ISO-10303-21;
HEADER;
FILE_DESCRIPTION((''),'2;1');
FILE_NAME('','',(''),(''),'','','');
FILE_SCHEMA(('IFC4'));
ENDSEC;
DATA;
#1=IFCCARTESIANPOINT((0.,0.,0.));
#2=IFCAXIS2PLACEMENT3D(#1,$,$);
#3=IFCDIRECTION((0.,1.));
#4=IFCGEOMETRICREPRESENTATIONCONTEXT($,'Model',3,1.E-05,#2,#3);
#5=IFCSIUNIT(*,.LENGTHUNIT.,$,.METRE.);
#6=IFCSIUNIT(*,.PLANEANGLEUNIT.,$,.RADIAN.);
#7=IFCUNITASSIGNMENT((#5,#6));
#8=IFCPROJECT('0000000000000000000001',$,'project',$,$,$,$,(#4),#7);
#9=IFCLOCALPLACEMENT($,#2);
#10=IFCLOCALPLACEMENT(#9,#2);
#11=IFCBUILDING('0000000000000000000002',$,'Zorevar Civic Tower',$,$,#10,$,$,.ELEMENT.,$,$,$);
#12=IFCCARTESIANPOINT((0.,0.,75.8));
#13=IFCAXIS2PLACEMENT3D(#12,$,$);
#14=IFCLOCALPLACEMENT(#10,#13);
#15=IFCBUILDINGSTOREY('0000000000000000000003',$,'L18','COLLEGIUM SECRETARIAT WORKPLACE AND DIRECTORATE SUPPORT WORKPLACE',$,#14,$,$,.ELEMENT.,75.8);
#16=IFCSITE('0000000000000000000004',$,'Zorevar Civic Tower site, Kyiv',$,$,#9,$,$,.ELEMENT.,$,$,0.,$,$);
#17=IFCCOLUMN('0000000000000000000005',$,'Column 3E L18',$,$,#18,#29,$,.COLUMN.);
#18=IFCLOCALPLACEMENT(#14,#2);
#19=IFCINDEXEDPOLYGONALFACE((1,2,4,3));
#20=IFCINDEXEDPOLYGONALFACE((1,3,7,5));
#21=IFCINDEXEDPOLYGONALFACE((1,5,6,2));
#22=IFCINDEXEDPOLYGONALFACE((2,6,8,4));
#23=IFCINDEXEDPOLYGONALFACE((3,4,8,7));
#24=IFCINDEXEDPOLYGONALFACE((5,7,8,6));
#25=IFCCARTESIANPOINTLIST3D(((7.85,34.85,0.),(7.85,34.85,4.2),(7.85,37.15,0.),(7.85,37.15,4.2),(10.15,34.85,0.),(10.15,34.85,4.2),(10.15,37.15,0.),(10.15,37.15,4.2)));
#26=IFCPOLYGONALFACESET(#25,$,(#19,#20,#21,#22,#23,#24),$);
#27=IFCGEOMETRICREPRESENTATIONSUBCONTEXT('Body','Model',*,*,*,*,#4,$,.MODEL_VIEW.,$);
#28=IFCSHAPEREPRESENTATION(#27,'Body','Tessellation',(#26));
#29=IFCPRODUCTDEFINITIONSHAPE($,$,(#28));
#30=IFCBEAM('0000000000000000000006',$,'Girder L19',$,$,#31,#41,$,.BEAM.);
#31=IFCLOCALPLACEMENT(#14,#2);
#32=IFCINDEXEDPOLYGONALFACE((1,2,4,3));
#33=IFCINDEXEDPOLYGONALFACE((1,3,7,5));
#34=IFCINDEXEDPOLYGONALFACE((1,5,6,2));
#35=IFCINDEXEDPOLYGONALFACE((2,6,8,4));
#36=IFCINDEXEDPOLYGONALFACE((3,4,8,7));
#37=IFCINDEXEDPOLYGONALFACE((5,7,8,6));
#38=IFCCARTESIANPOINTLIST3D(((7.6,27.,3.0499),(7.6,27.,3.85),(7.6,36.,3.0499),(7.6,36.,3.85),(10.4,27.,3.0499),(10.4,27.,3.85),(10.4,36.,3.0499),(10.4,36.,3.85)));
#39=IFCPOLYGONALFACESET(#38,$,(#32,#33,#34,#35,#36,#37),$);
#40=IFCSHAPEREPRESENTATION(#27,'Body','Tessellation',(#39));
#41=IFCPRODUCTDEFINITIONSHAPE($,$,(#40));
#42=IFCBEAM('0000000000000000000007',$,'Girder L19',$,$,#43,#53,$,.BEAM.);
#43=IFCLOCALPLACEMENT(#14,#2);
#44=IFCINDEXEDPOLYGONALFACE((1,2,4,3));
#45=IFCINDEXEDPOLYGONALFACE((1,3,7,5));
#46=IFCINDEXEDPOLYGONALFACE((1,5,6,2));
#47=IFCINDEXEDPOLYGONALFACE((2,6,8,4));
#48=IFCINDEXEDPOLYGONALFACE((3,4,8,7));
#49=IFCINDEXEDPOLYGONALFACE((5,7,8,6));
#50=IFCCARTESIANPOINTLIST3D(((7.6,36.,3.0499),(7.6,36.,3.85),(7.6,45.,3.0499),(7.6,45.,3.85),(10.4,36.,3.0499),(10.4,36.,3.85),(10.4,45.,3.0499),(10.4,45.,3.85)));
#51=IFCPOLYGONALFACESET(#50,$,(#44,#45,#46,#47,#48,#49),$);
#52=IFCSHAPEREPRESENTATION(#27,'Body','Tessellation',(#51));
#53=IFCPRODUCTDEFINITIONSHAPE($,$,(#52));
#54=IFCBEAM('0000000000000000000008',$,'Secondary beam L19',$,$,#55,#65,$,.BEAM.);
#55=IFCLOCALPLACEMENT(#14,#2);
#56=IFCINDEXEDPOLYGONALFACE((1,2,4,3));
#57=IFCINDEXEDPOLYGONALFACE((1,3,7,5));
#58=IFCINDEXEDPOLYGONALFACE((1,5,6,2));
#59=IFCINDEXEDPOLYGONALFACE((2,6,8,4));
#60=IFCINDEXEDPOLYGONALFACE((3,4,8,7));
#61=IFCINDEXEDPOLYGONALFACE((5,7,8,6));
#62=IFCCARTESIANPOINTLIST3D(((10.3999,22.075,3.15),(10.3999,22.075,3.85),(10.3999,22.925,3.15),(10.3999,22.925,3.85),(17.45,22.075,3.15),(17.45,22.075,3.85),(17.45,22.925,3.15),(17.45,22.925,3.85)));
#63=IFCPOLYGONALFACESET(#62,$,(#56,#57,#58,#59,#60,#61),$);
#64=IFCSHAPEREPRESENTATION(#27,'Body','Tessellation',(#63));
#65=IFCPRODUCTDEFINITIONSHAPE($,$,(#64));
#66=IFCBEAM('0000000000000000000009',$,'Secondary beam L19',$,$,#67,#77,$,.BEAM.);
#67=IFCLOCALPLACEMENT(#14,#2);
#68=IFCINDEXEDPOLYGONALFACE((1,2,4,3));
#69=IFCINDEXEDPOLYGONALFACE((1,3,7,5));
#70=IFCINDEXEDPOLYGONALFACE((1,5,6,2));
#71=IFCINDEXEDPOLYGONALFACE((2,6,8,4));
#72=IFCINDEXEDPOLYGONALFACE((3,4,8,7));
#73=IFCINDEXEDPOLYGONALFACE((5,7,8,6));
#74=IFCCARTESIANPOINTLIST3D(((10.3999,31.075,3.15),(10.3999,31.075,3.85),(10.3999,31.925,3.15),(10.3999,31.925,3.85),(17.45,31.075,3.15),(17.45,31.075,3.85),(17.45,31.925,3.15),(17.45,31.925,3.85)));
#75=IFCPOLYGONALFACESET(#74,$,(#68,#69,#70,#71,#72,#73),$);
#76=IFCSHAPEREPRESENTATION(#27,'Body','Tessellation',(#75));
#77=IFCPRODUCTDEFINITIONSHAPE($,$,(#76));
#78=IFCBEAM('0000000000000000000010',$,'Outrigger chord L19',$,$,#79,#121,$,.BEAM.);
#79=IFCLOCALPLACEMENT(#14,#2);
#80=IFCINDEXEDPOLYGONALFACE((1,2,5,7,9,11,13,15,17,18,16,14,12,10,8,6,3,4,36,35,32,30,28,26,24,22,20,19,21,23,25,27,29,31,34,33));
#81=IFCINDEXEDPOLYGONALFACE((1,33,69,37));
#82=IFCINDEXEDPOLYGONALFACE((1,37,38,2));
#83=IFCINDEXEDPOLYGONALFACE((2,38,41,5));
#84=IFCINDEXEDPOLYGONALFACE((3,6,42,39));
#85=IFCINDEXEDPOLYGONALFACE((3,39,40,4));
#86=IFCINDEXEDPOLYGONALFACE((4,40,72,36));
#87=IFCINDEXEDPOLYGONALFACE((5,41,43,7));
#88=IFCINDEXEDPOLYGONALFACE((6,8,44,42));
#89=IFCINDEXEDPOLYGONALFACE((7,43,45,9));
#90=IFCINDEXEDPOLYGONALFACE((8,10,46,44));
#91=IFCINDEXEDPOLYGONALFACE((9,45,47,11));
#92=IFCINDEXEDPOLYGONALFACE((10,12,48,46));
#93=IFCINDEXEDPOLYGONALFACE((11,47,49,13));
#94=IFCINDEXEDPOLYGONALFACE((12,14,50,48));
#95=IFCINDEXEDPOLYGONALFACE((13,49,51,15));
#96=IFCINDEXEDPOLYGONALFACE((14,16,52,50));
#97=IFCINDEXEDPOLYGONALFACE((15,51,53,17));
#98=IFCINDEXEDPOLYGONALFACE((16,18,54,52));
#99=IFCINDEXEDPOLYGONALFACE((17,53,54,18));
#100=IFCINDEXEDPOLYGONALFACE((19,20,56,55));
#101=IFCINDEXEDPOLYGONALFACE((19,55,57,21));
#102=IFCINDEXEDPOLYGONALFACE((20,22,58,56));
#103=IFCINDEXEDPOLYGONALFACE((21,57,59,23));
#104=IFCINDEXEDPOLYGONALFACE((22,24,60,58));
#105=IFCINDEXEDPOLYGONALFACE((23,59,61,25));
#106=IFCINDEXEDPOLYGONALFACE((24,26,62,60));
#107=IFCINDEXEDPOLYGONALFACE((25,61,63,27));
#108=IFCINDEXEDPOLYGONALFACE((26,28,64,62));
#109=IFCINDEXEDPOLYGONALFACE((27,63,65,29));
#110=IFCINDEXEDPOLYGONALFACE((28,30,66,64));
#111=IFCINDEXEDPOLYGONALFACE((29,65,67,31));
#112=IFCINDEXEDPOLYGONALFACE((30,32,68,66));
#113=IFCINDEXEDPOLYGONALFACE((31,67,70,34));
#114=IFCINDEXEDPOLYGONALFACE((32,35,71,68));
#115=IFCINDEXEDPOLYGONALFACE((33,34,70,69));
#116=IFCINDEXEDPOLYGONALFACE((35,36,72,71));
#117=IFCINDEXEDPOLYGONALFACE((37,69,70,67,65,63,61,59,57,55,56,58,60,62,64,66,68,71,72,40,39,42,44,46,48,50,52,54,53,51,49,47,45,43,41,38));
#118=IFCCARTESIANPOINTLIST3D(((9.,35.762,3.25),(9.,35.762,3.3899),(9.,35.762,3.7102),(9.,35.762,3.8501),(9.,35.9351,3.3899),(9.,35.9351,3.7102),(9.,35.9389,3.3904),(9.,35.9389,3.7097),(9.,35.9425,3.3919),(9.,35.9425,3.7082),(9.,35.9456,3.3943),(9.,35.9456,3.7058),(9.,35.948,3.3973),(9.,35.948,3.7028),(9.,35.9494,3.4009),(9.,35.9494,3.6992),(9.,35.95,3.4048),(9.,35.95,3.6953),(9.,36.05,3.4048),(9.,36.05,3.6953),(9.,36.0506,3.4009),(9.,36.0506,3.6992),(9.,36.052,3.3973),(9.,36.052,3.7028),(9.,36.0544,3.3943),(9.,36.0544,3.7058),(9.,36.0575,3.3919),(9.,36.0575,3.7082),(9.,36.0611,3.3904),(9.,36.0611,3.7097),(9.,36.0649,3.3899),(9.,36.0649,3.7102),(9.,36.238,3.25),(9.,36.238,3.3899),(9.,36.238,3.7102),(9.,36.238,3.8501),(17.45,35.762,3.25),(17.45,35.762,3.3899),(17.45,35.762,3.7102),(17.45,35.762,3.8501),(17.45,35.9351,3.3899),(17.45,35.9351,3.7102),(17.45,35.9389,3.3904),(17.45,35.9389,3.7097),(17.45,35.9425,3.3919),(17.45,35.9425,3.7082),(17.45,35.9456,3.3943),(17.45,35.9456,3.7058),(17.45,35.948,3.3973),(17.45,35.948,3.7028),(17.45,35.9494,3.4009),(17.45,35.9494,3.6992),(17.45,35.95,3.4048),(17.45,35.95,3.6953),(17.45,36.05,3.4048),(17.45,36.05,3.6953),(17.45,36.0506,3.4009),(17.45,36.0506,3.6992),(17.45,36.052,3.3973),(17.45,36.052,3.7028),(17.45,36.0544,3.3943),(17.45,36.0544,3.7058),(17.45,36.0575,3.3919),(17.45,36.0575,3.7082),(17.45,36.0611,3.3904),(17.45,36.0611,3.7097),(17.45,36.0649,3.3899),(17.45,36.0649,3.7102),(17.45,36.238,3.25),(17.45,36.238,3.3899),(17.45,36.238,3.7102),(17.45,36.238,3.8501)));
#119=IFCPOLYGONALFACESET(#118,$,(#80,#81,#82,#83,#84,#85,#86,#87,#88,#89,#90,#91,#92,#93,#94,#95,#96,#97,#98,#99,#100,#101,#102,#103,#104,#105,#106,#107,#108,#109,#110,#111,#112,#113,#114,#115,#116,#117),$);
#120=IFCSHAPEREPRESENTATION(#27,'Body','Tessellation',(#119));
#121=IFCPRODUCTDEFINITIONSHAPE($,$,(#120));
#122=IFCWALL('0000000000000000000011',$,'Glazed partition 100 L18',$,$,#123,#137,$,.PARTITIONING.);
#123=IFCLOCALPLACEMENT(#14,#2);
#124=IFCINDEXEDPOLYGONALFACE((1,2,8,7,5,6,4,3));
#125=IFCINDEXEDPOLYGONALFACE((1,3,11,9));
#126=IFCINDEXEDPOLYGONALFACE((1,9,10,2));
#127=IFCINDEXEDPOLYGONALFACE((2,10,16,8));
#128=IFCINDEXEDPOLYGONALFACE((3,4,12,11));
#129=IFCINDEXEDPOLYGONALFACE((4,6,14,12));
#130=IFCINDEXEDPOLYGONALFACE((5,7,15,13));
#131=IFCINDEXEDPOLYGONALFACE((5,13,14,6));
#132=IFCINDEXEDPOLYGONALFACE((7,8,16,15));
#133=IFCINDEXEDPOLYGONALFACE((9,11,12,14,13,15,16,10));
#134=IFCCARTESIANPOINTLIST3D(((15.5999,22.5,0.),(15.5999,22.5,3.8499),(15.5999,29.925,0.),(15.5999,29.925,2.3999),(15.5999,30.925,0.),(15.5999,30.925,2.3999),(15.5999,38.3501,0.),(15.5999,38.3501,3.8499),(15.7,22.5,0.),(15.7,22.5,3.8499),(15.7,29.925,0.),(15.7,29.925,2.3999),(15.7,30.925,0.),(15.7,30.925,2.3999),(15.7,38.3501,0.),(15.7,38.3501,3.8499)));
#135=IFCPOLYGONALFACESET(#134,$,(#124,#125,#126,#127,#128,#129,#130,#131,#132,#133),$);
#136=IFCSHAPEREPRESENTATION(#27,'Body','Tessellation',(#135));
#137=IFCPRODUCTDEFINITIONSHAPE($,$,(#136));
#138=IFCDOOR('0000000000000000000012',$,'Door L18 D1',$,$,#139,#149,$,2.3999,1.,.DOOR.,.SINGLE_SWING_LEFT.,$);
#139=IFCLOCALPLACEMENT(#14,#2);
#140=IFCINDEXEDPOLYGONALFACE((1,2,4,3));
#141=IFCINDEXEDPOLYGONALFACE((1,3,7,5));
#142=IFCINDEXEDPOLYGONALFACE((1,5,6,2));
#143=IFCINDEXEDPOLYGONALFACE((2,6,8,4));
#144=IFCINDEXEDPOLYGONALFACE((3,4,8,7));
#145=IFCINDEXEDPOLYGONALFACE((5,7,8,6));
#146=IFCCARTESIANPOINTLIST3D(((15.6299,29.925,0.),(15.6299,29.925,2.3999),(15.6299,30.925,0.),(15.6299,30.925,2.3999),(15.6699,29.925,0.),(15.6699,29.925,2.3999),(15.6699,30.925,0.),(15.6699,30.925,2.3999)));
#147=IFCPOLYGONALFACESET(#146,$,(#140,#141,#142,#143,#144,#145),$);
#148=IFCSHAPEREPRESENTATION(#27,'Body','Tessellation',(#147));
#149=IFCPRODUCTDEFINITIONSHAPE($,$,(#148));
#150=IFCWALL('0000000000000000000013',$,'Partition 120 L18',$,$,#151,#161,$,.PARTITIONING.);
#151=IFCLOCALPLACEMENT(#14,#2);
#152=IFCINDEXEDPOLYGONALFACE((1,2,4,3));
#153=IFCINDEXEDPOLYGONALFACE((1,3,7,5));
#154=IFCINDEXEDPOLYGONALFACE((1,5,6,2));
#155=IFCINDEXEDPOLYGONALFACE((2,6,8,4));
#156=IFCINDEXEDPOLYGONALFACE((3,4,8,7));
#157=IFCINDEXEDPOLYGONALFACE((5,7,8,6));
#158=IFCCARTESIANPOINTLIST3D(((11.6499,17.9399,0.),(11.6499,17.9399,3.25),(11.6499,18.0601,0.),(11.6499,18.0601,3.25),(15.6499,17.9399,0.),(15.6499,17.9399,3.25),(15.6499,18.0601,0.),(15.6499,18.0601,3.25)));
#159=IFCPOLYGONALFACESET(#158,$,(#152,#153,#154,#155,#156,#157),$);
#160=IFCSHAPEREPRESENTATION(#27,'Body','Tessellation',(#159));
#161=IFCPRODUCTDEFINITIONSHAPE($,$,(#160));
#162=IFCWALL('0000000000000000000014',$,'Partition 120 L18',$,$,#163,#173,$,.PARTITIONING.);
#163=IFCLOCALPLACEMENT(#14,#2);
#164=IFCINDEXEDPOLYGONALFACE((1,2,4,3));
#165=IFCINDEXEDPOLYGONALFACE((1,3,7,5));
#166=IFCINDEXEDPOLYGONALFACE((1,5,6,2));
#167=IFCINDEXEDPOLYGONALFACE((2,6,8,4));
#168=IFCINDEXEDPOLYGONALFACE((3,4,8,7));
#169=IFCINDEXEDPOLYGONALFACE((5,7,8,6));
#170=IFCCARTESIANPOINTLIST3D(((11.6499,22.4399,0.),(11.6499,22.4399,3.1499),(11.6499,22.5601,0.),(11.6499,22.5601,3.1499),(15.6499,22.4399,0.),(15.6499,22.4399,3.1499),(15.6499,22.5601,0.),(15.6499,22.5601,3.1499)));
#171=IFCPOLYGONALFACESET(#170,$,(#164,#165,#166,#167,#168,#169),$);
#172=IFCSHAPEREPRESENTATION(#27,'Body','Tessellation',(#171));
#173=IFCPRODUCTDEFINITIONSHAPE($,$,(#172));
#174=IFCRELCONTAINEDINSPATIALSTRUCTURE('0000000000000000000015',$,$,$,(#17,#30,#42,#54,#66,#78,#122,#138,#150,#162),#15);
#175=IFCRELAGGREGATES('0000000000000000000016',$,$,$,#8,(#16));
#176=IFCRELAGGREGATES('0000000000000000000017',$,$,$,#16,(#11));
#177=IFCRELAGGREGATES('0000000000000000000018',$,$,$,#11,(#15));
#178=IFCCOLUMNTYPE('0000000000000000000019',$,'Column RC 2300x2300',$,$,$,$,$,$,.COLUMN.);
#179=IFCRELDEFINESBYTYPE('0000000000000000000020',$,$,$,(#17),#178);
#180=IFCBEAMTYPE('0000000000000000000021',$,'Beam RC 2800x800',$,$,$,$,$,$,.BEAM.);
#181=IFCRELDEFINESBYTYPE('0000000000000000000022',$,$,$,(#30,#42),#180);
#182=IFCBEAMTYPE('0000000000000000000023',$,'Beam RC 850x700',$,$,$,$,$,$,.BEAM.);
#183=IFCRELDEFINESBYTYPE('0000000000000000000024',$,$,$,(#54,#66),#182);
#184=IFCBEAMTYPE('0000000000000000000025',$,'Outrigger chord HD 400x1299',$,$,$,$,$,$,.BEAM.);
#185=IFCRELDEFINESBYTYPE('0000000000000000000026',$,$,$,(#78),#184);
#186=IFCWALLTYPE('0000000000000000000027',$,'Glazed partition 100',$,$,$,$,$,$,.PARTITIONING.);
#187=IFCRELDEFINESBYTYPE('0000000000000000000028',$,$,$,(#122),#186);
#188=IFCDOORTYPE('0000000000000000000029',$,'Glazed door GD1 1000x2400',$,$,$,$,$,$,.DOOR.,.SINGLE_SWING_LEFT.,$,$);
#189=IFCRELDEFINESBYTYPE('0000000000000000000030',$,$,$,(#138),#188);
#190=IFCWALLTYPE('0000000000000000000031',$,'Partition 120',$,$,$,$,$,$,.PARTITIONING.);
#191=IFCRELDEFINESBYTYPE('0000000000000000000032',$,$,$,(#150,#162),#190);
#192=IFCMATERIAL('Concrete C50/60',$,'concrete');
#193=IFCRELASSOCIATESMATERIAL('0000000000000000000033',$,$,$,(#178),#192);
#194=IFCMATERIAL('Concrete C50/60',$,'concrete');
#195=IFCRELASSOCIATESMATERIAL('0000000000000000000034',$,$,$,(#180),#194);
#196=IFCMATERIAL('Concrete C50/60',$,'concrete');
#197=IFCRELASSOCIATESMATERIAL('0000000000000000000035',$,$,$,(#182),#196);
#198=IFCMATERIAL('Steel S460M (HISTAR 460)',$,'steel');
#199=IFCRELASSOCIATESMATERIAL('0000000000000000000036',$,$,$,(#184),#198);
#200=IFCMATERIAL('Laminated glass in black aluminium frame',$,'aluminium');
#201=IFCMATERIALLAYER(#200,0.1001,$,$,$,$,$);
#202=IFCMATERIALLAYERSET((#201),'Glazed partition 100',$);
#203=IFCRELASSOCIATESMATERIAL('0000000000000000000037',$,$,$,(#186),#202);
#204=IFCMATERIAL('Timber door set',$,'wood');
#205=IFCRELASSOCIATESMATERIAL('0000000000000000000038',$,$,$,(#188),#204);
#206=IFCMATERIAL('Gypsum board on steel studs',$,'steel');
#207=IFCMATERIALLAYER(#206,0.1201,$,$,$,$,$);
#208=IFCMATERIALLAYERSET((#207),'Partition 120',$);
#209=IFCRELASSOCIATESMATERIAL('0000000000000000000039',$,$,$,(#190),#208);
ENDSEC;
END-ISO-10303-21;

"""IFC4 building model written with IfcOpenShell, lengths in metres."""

from ifc_helpers import new_model, si_unit, direction, frame, frame_2d, origin, origin_2d, place, context, subcontext, project, spatial, rectangle, i_section, extrude, material, layer, layer_set, material_profile, profile_set, type_object, element, fill, save


model = new_model("IFC4")

# Units and contexts
model_context = context("Model", 3, precision=1e-05, world=origin(), true_north=direction((0.0, 1.0)))
body_context = subcontext(model_context, "Body", "Model", "MODEL_VIEW")
ifc_project = project(units=[si_unit("LENGTHUNIT", "METRE"), si_unit("PLANEANGLEUNIT", "RADIAN")], contexts=[model_context])

# Site, building, storey
site_placement = place(None, origin())
site = spatial("IfcSite", under=ifc_project, at=site_placement, Name="Zorevar Civic Tower site, Kyiv", CompositionType="ELEMENT", RefElevation=0.0)
building_placement = place(site_placement, origin())
building = spatial("IfcBuilding", under=site, at=building_placement, Name="Zorevar Civic Tower", CompositionType="ELEMENT")
storey_placement = place(building_placement, frame((0.0, 0.0, 75.8)))
storey = spatial("IfcBuildingStorey", under=building, at=storey_placement, Name="L18", Description="COLLEGIUM SECRETARIAT WORKPLACE AND DIRECTORATE SUPPORT WORKPLACE", CompositionType="ELEMENT", Elevation=75.8)

# Column
ifc_material_1 = material(Name="Concrete C50/60", Category="concrete")
ifc_material_profile_1 = material_profile(ifc_material_1, rectangle(XDim=2.3, YDim=2.3, at=origin_2d()), Name="RC 2300x2300")
ifc_profile_set_1 = profile_set([ifc_material_profile_1], Name="Concrete C50/60")
column_type = type_object("IfcColumnType", Name="Column RC 2300x2300", PredefinedType="COLUMN", material=ifc_profile_set_1)
column_placement = place(storey_placement, frame((9.0, 36.0, 0.0), z_axis=(0.0, 0.0, 1.0), x_axis=(1.0, 0.0, 0.0)))
element("IfcColumn", 1, at=column_placement, inside=storey, type_object=column_type, Name="Column 3E L18", PredefinedType="COLUMN", context=body_context, shape_type="SweptSolid", body=[
    extrude(rectangle(XDim=2.3, YDim=2.3, at=origin_2d()), origin(), (0.0, 0.0, 1.0), 4.2),
])

# Beams
ifc_material_2 = material(Name="Concrete C50/60", Category="concrete")
ifc_material_profile_2 = material_profile(ifc_material_2, rectangle(XDim=2.8, YDim=0.8, at=origin_2d()), Name="RC 2800x800")
ifc_profile_set_2 = profile_set([ifc_material_profile_2], Name="Concrete C50/60")
beam_type_1 = type_object("IfcBeamType", Name="Beam RC 2800x800", PredefinedType="BEAM", material=ifc_profile_set_2)
for number, where, z_axis, x_axis, name in (
    (2, (9.0, 27.0, 3.45), (0.0, 1.0, 0.0), (-1.0, 0.0, 0.0), "Girder L19"),
    (3, (9.0, 36.0, 3.45), (0.0, 1.0, 0.0), (-1.0, 0.0, 0.0), "Girder L19"),
):
    element("IfcBeam", number, at=place(storey_placement, frame(where, z_axis=z_axis, x_axis=x_axis)), inside=storey, type_object=beam_type_1, Name=name, PredefinedType="BEAM", context=body_context, shape_type="SweptSolid", body=[
        extrude(rectangle(XDim=2.8, YDim=0.8, at=origin_2d()), origin(), (0.0, 0.0, 1.0), 9.0),
    ])
ifc_material_3 = material(Name="Concrete C50/60", Category="concrete")
ifc_material_profile_3 = material_profile(ifc_material_3, rectangle(XDim=0.8501, YDim=0.7, at=origin_2d()), Name="RC 850x700")
ifc_profile_set_3 = profile_set([ifc_material_profile_3], Name="Concrete C50/60")
beam_type_2 = type_object("IfcBeamType", Name="Beam RC 850x700", PredefinedType="BEAM", material=ifc_profile_set_3)
for number, where, z_axis, x_axis, name in (
    (4, (10.3999, 22.5, 3.5), (1.0, 0.0, 0.0), (0.0, 1.0, 0.0), "Secondary beam L19"),
    (5, (10.3999, 31.5, 3.5), (1.0, 0.0, 0.0), (0.0, 1.0, 0.0), "Secondary beam L19"),
):
    element("IfcBeam", number, at=place(storey_placement, frame(where, z_axis=z_axis, x_axis=x_axis)), inside=storey, type_object=beam_type_2, Name=name, PredefinedType="BEAM", context=body_context, shape_type="SweptSolid", body=[
        extrude(rectangle(XDim=0.8501, YDim=0.7, at=origin_2d()), origin(), (0.0, 0.0, 1.0), 7.05),
    ])
ifc_material_4 = material(Name="Steel S460M (HISTAR 460)", Category="steel")
ifc_material_profile_4 = material_profile(ifc_material_4, i_section(OverallWidth=0.4761, OverallDepth=0.6001, WebThickness=0.1001, FlangeThickness=0.1399, FilletRadius=0.0149, at=origin_2d()), Name="HD 400x1299")
ifc_profile_set_4 = profile_set([ifc_material_profile_4], Name="Steel S460M (HISTAR 460)")
beam_type_3 = type_object("IfcBeamType", Name="Outrigger chord HD 400x1299", PredefinedType="BEAM", material=ifc_profile_set_4)
beam_placement = place(storey_placement, frame((9.0, 36.0, 3.55), z_axis=(1.0, 0.0, 0.0), x_axis=(0.0, 1.0, 0.0)))
element("IfcBeam", 6, at=beam_placement, inside=storey, type_object=beam_type_3, Name="Outrigger chord L19", PredefinedType="BEAM", context=body_context, shape_type="SweptSolid", body=[
    extrude(i_section(OverallWidth=0.4761, OverallDepth=0.6001, WebThickness=0.1001, FlangeThickness=0.1399, FilletRadius=0.0149, at=origin_2d()), origin(), (0.0, 0.0, 1.0), 8.45),
])

# Wall, opening, door
ifc_material_5 = material(Name="Laminated glass in black aluminium frame", Category="aluminium")
ifc_layer_1 = layer(ifc_material_5, 0.1001)
ifc_layer_set_1 = layer_set([ifc_layer_1], Name="Glazed partition 100")
wall_type_1 = type_object("IfcWallType", Name="Glazed partition 100", PredefinedType="PARTITIONING", material=ifc_layer_set_1)
wall_1_placement = place(storey_placement, frame((15.6499, 22.5, 0.0), z_axis=(0.0, 0.0, 1.0), x_axis=(0.0, 1.0, 0.0)))
wall_1 = element("IfcWall", 7, at=wall_1_placement, inside=storey, type_object=wall_type_1, Name="Glazed partition 100 L18", PredefinedType="PARTITIONING", context=body_context, shape_type="SweptSolid", body=[
    extrude(rectangle(XDim=15.8501, YDim=0.1001, at=frame_2d((7.925, 0.0))), origin(), (0.0, 0.0, 1.0), 3.8499),
])
opening_1_placement = place(wall_1_placement, frame((7.425, 0.0, 0.0)))
opening_1 = element("IfcOpeningElement", 8, at=opening_1_placement, cuts=wall_1, PredefinedType="OPENING", context=body_context, shape_type="SweptSolid", body=[
    extrude(rectangle(XDim=1.0, YDim=2.3999, at=frame_2d((0.5, 1.2))), frame((0.0, 0.0601, 0.0), z_axis=(0.0, -1.0, 0.0), x_axis=(1.0, 0.0, 0.0)), (0.0, 0.0, 1.0), 0.1201),
])
ifc_material_6 = material(Name="Timber door set", Category="wood")
door_type_1 = type_object("IfcDoorType", Name="Glazed door GD1 1000x2400", OperationType="SINGLE_SWING_LEFT", PredefinedType="DOOR", material=ifc_material_6)
door_1_placement = place(opening_1_placement, origin())
door_1 = element("IfcDoor", 9, at=door_1_placement, inside=storey, type_object=door_type_1, Name="Door L18 D1", OperationType="SINGLE_SWING_LEFT", OverallHeight=2.3999, OverallWidth=1.0, PredefinedType="DOOR", context=body_context, shape_type="SweptSolid", body=[
    extrude(rectangle(XDim=1.0, YDim=2.3999, at=frame_2d((0.5, 1.2))), frame((0.0, 0.02, 0.0), z_axis=(0.0, -1.0, 0.0), x_axis=(1.0, 0.0, 0.0)), (0.0, 0.0, 1.0), 0.04),
])
fill(opening_1, door_1)

# Walls
ifc_material_7 = material(Name="Gypsum board on steel studs", Category="steel")
ifc_layer_2 = layer(ifc_material_7, 0.1201)
ifc_layer_set_2 = layer_set([ifc_layer_2], Name="Partition 120")
wall_type_2 = type_object("IfcWallType", Name="Partition 120", PredefinedType="PARTITIONING", material=ifc_layer_set_2)
wall_2_placement = place(storey_placement, frame((11.6499, 18.0, 0.0), z_axis=(0.0, 0.0, 1.0), x_axis=(1.0, 0.0, 0.0)))
element("IfcWall", 10, at=wall_2_placement, inside=storey, type_object=wall_type_2, Name="Partition 120 L18", PredefinedType="PARTITIONING", context=body_context, shape_type="SweptSolid", body=[
    extrude(rectangle(XDim=4.0, YDim=0.1201, at=frame_2d((2.0, 0.0))), origin(), (0.0, 0.0, 1.0), 3.25),
])
wall_3_placement = place(storey_placement, frame((11.6499, 22.5, 0.0), z_axis=(0.0, 0.0, 1.0), x_axis=(1.0, 0.0, 0.0)))
element("IfcWall", 11, at=wall_3_placement, inside=storey, type_object=wall_type_2, Name="Partition 120 L18", PredefinedType="PARTITIONING", context=body_context, shape_type="SweptSolid", body=[
    extrude(rectangle(XDim=4.0, YDim=0.1201, at=frame_2d((2.0, 0.0))), origin(), (0.0, 0.0, 1.0), 3.1499),
])

save(model, "model.ifc")
